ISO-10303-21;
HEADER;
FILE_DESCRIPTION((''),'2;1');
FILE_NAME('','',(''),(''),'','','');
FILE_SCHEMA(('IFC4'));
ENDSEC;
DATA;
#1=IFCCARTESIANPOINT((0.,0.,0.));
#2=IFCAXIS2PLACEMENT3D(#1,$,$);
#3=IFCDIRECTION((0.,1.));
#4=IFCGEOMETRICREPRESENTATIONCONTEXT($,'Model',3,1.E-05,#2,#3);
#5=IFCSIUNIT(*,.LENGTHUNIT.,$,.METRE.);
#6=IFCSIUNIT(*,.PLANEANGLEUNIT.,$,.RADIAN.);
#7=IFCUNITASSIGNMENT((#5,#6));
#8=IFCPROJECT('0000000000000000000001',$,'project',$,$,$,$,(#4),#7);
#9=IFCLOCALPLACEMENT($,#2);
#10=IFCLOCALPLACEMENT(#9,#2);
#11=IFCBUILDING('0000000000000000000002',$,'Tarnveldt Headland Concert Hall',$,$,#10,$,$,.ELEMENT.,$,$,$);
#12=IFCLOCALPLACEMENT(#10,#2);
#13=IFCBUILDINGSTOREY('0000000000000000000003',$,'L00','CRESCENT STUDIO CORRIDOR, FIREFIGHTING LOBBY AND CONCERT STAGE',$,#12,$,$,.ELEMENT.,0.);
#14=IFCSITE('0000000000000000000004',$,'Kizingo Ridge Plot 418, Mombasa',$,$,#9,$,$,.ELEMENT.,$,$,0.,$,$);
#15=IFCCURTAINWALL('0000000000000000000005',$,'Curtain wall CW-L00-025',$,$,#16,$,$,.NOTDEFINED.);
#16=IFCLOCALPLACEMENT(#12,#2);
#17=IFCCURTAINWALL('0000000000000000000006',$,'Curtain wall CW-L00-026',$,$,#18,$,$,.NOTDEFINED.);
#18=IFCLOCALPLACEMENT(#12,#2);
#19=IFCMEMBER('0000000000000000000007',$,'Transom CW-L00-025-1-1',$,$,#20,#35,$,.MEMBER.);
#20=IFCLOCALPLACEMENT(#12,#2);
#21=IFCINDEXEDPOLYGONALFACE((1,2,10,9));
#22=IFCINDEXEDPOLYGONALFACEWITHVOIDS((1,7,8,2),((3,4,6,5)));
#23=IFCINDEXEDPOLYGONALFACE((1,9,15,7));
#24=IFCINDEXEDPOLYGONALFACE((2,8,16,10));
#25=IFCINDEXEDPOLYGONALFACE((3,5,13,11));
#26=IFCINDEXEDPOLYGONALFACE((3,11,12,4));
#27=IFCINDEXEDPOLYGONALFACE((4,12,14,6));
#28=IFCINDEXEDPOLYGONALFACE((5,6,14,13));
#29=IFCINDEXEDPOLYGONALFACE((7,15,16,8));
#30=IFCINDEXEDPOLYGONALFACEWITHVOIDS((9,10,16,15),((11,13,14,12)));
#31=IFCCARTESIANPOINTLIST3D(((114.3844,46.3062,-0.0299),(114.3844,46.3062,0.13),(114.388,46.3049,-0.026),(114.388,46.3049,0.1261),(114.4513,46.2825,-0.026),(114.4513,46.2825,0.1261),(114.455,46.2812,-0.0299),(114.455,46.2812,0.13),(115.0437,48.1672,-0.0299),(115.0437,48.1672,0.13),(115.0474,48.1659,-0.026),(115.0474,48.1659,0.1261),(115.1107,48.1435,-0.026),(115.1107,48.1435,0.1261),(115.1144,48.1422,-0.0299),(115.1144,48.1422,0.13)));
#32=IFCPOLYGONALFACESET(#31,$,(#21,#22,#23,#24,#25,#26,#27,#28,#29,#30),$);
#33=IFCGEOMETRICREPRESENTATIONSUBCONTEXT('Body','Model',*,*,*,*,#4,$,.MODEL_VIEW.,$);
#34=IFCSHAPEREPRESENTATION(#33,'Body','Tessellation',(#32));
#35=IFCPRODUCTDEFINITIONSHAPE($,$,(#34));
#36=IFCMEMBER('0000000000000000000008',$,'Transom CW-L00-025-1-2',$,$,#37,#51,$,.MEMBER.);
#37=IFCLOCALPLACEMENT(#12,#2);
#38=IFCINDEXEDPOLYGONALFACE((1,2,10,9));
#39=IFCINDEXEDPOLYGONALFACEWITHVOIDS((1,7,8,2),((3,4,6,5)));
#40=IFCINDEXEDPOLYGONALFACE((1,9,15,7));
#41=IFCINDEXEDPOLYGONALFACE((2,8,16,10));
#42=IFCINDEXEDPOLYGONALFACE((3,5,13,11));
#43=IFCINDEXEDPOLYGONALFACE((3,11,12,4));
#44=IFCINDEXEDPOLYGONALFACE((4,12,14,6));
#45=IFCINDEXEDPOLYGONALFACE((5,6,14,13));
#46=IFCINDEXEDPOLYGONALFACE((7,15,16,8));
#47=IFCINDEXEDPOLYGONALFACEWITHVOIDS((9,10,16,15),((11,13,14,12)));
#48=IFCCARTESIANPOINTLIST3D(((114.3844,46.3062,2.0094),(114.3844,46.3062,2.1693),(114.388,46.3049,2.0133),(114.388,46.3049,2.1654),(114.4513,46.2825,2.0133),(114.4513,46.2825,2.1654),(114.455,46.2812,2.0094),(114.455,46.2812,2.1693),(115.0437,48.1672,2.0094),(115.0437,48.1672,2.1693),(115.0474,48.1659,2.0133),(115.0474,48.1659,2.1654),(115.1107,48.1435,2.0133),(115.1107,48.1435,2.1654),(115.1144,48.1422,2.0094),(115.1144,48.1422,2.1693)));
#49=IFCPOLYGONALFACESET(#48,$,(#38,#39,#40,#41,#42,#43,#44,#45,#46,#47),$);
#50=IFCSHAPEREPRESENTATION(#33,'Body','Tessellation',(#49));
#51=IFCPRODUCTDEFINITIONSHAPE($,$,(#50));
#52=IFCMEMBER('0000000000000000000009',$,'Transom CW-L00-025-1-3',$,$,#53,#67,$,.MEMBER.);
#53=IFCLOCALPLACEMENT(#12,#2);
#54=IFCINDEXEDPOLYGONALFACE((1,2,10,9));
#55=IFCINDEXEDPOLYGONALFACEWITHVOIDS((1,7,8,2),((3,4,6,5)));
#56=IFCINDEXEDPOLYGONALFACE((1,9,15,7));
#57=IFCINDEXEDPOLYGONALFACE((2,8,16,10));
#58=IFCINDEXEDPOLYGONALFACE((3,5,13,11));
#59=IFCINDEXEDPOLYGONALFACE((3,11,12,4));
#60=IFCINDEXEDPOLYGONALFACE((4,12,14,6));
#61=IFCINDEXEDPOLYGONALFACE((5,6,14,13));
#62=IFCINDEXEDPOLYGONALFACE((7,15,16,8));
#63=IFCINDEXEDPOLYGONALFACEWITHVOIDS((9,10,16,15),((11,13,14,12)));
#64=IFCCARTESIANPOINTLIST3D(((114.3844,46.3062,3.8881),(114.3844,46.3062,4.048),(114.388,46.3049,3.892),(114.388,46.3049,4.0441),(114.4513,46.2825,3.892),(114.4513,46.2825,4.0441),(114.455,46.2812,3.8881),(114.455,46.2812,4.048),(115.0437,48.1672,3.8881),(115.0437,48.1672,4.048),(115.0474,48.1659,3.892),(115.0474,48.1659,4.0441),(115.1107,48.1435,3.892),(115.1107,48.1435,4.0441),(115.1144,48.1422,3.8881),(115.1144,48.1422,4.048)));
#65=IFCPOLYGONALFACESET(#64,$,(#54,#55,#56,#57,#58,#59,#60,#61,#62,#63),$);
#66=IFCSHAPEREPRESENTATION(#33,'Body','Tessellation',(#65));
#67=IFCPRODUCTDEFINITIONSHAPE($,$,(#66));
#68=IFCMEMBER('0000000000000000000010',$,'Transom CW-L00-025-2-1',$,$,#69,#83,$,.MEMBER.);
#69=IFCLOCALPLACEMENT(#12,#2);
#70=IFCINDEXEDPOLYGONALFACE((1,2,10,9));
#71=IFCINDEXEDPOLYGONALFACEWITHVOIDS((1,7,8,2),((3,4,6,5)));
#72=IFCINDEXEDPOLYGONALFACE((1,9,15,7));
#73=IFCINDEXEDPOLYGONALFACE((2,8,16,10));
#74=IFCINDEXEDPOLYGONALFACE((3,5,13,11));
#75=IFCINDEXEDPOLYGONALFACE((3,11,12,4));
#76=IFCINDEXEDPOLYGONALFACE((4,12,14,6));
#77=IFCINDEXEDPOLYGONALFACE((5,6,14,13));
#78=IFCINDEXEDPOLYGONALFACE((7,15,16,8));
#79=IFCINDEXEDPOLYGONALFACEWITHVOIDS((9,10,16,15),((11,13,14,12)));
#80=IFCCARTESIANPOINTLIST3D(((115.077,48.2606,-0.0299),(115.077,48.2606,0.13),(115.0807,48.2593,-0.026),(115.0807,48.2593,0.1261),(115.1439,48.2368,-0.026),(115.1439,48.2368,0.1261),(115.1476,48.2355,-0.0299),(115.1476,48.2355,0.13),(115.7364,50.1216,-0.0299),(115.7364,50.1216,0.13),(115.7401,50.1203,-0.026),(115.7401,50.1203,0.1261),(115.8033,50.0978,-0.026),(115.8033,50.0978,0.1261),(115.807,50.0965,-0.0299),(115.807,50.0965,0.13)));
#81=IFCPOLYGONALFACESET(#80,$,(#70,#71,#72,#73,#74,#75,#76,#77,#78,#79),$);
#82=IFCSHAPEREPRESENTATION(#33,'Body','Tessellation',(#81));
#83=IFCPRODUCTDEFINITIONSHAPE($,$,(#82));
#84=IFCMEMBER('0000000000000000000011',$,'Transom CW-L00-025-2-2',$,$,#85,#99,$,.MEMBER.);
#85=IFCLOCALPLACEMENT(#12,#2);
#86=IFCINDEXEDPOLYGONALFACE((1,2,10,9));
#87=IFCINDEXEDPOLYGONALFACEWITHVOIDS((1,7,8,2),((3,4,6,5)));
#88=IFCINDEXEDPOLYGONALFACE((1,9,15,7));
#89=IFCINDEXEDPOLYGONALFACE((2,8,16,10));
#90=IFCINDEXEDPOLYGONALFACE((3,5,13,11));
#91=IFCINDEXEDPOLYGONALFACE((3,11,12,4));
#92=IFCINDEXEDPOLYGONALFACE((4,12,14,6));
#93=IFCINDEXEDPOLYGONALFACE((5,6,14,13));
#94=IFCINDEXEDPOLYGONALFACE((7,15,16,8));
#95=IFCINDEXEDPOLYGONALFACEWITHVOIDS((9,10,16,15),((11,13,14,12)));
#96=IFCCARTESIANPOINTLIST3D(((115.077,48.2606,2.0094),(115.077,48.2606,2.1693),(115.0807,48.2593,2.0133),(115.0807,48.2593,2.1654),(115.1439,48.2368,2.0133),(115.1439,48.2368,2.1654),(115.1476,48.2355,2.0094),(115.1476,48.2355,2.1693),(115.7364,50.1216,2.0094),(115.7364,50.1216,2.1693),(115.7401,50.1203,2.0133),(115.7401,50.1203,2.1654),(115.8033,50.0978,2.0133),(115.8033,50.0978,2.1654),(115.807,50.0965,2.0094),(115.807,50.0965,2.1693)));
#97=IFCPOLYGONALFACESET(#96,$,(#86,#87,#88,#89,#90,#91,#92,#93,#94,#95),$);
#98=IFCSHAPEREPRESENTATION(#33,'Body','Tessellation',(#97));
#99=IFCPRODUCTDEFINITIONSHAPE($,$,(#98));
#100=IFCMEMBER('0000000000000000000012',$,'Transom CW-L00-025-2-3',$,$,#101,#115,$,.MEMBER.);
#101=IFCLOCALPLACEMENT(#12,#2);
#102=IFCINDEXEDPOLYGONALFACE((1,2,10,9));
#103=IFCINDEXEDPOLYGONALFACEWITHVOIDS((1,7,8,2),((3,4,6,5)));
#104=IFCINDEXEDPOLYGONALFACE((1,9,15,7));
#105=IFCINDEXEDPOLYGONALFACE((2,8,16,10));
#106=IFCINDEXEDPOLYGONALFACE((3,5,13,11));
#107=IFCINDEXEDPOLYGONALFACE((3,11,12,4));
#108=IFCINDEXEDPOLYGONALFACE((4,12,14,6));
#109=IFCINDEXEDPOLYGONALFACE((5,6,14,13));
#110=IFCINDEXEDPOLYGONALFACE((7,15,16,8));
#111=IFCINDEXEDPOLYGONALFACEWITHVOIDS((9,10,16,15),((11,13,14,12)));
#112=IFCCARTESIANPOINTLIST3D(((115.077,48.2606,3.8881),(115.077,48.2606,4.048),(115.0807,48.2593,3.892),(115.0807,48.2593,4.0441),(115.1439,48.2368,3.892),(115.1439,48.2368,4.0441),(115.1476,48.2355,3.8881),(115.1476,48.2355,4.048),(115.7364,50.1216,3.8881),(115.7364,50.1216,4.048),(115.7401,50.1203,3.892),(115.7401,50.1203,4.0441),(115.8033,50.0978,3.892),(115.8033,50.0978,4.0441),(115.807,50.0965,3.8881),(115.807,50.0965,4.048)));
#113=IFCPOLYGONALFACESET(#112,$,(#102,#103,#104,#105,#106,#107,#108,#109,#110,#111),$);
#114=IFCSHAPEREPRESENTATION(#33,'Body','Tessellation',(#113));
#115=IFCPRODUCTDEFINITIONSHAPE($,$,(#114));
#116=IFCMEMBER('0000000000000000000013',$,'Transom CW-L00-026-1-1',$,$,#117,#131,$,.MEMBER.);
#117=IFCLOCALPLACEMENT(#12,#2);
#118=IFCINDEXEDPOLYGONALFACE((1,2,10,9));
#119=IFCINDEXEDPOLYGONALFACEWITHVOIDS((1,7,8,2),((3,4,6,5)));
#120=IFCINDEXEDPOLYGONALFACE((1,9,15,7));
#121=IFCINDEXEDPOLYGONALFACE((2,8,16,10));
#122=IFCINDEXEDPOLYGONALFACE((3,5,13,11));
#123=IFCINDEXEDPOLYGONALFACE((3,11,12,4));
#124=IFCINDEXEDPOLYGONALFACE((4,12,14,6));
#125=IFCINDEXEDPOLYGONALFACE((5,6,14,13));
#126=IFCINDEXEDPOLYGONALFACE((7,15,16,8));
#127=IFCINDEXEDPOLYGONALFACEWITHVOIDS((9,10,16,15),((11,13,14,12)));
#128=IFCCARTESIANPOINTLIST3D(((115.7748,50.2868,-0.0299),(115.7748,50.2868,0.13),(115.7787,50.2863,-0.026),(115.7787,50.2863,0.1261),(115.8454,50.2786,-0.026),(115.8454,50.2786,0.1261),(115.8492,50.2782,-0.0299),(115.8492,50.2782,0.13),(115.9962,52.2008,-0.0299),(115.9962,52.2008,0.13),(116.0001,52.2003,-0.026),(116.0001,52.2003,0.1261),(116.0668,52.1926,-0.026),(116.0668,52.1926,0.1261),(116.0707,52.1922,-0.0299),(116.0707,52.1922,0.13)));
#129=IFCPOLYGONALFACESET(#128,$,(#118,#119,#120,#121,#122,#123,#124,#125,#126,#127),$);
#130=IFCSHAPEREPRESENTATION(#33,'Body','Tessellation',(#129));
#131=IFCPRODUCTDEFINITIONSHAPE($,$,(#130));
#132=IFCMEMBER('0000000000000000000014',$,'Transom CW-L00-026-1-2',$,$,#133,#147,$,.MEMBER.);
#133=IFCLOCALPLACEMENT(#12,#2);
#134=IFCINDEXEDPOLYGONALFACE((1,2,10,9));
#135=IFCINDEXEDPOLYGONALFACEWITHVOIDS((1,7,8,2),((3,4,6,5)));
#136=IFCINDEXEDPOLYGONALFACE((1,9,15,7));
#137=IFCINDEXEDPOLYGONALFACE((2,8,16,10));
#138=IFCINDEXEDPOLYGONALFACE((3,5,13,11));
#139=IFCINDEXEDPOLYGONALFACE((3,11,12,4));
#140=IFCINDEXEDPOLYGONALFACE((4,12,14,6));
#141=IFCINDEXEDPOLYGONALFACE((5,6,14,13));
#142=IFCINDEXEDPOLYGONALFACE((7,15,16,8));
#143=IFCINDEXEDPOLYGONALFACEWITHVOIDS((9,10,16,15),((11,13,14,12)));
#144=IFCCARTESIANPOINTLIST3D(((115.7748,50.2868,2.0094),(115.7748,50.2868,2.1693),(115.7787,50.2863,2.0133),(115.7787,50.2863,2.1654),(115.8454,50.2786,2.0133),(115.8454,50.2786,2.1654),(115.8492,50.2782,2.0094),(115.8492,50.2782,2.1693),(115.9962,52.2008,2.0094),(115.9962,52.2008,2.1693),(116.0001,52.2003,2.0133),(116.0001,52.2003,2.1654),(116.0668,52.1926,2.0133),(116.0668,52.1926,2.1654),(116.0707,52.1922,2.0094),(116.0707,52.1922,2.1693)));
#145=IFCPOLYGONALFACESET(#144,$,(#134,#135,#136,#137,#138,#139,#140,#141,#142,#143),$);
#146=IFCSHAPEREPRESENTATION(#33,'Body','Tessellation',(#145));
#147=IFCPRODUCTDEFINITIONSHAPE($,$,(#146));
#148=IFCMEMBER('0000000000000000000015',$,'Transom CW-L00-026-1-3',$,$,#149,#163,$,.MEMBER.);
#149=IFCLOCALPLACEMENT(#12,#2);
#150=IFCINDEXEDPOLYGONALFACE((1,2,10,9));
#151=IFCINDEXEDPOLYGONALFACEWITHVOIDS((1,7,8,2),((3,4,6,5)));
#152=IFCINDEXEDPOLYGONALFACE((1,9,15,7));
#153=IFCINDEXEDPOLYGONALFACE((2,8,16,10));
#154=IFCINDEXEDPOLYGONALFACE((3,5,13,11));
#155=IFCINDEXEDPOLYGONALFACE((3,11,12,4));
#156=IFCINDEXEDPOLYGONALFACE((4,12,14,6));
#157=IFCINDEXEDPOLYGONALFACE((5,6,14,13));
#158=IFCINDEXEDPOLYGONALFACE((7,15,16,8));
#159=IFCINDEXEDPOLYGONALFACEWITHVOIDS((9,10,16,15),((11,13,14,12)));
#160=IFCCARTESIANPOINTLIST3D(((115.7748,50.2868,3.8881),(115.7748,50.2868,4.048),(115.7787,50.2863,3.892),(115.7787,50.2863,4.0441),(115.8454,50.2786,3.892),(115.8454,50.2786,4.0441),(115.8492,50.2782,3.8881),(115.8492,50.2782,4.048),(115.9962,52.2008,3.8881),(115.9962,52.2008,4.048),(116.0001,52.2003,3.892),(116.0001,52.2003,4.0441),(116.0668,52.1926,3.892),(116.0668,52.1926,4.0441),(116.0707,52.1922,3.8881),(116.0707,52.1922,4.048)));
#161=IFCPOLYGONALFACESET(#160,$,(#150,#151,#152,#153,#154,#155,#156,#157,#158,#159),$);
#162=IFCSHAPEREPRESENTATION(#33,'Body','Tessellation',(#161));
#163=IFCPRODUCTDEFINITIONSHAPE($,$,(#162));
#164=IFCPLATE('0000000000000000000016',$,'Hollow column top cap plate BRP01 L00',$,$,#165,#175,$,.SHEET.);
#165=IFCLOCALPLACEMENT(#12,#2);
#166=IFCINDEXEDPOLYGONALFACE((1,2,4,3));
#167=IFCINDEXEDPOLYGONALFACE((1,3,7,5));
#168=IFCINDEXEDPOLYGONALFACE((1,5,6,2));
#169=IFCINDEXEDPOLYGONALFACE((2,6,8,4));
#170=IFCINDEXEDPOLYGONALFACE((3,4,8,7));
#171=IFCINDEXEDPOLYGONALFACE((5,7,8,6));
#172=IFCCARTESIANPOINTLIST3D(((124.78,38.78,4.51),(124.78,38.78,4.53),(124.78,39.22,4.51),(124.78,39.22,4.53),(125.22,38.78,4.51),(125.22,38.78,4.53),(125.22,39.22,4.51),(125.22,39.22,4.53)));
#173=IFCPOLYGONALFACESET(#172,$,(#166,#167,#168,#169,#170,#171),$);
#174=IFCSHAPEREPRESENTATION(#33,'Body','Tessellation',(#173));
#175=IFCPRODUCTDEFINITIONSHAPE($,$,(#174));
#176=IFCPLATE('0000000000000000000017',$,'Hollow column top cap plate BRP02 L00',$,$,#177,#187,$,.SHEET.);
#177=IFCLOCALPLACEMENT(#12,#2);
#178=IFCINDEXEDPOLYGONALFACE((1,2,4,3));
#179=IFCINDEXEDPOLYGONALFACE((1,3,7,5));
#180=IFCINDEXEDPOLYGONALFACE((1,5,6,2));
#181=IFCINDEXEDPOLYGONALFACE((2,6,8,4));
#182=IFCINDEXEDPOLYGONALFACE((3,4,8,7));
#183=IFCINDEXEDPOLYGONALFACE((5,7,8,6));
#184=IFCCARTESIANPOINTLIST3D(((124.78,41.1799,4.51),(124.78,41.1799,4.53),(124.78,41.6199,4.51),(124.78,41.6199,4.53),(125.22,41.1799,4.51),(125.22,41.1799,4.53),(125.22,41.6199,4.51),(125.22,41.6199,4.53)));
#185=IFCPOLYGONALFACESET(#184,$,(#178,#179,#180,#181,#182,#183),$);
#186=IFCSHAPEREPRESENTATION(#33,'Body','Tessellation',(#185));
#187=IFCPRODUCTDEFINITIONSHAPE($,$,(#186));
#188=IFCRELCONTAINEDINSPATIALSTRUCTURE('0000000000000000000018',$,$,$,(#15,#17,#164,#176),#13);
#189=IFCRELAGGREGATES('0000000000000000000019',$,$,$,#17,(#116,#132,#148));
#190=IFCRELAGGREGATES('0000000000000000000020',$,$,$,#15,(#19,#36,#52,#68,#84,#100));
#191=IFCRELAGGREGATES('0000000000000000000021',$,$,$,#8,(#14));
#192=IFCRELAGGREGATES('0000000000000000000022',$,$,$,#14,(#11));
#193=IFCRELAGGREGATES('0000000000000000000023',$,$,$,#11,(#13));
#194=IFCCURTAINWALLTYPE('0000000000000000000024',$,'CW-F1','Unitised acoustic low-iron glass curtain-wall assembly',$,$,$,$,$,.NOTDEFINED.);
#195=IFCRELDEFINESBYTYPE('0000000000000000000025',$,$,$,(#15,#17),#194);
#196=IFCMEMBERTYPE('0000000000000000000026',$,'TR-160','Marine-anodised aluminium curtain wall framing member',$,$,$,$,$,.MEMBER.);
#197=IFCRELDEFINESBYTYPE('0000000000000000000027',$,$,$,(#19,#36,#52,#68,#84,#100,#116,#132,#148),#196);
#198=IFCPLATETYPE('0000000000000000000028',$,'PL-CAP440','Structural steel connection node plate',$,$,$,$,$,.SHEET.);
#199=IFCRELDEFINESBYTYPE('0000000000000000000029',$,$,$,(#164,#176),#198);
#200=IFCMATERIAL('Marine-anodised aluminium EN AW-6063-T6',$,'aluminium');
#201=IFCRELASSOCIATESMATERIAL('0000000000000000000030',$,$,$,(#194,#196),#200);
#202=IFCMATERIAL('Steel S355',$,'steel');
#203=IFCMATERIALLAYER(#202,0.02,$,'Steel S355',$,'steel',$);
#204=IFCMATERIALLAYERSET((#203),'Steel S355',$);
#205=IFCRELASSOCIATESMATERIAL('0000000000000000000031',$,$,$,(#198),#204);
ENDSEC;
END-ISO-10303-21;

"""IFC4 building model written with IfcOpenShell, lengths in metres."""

from ifc_helpers import new_model, si_unit, direction, frame, origin, origin_2d, place, context, subcontext, project, spatial, rectangle, hollow_rectangle, extrude, material, layer, layer_set, material_profile, profile_set, type_object, element, aggregate, save


model = new_model("IFC4")

# Units and contexts
model_context = context("Model", 3, precision=1e-05, world=origin(), true_north=direction((0.0, 1.0)))
body_context = subcontext(model_context, "Body", "Model", "MODEL_VIEW")
ifc_project = project(units=[si_unit("LENGTHUNIT", "METRE"), si_unit("PLANEANGLEUNIT", "RADIAN")], contexts=[model_context])

# Site, building, storey
site_placement = place(None, origin())
site = spatial("IfcSite", under=ifc_project, at=site_placement, Name="Kizingo Ridge Plot 418, Mombasa", CompositionType="ELEMENT", RefElevation=0.0)
building_placement = place(site_placement, origin())
building = spatial("IfcBuilding", under=site, at=building_placement, Name="Tarnveldt Headland Concert Hall", CompositionType="ELEMENT")
storey_placement = place(building_placement, origin())
storey = spatial("IfcBuildingStorey", under=building, at=storey_placement, Name="L00", Description="CRESCENT STUDIO CORRIDOR, FIREFIGHTING LOBBY AND CONCERT STAGE", CompositionType="ELEMENT", Elevation=0.0)

# Shared definitions
ifc_material_1 = material(Name="Steel S355", Category="steel")

# Curtain wall
ifc_material_2 = material(Name="Marine-anodised aluminium EN AW-6063-T6", Category="aluminium")
curtain_wall_type = type_object("IfcCurtainWallType", Name="CW-F1", Description="Unitised acoustic low-iron glass curtain-wall assembly", PredefinedType="NOTDEFINED", material=ifc_material_2)
curtain_wall_1_placement = place(storey_placement, origin())
curtain_wall_1 = element("IfcCurtainWall", 1, at=curtain_wall_1_placement, inside=storey, type_object=curtain_wall_type, Name="Curtain wall CW-L00-025", PredefinedType="NOTDEFINED")

# Curtain wall
curtain_wall_2_placement = place(storey_placement, origin())
curtain_wall_2 = element("IfcCurtainWall", 2, at=curtain_wall_2_placement, inside=storey, type_object=curtain_wall_type, Name="Curtain wall CW-L00-026", PredefinedType="NOTDEFINED")

# Members
ifc_material_profile_1 = material_profile(ifc_material_2, hollow_rectangle(XDim=0.075, YDim=0.1599, WallThickness=0.0039, at=origin_2d()), Name="ALU TRANSOM 75x160x4", Category="aluminium")
ifc_profile_set_1 = profile_set([ifc_material_profile_1], Name="Marine-anodised aluminium EN AW-6063-T6")
member_type_1 = type_object("IfcMemberType", Name="TR-160", Description="Marine-anodised aluminium curtain wall framing member", PredefinedType="MEMBER", material=ifc_profile_set_1)
member_1_placement = place(storey_placement, frame((114.4197, 46.2937, 0.05), z_axis=(0.333978, 0.942581, 0.0), x_axis=(-0.942581, 0.333978, 0.0)))
member_1 = element("IfcMember", 3, at=member_1_placement, type_object=member_type_1, Name="Transom CW-L00-025-1-1", PredefinedType="MEMBER", context=body_context, shape_type="SweptSolid", body=[
    extrude(hollow_rectangle(XDim=0.075, YDim=0.1599, WallThickness=0.0039, at=origin_2d()), origin(), (0.0, 0.0, 1.0), 1.9744),
])
member_2_placement = place(storey_placement, frame((114.4197, 46.2937, 2.0894), z_axis=(0.333978, 0.942581, 0.0), x_axis=(-0.942581, 0.333978, 0.0)))
member_2 = element("IfcMember", 4, at=member_2_placement, type_object=member_type_1, Name="Transom CW-L00-025-1-2", PredefinedType="MEMBER", context=body_context, shape_type="SweptSolid", body=[
    extrude(hollow_rectangle(XDim=0.075, YDim=0.1599, WallThickness=0.0039, at=origin_2d()), origin(), (0.0, 0.0, 1.0), 1.9744),
])
member_3_placement = place(storey_placement, frame((114.4197, 46.2937, 3.968), z_axis=(0.333978, 0.942581, 0.0), x_axis=(-0.942581, 0.333978, 0.0)))
member_3 = element("IfcMember", 5, at=member_3_placement, type_object=member_type_1, Name="Transom CW-L00-025-1-3", PredefinedType="MEMBER", context=body_context, shape_type="SweptSolid", body=[
    extrude(hollow_rectangle(XDim=0.075, YDim=0.1599, WallThickness=0.0039, at=origin_2d()), origin(), (0.0, 0.0, 1.0), 1.9744),
])
member_4_placement = place(storey_placement, frame((115.1123, 48.248, 0.05), z_axis=(0.333978, 0.942581, 0.0), x_axis=(-0.942581, 0.333978, 0.0)))
member_4 = element("IfcMember", 6, at=member_4_placement, type_object=member_type_1, Name="Transom CW-L00-025-2-1", PredefinedType="MEMBER", context=body_context, shape_type="SweptSolid", body=[
    extrude(hollow_rectangle(XDim=0.075, YDim=0.1599, WallThickness=0.0039, at=origin_2d()), origin(), (0.0, 0.0, 1.0), 1.9744),
])
member_5_placement = place(storey_placement, frame((115.1123, 48.248, 2.0894), z_axis=(0.333978, 0.942581, 0.0), x_axis=(-0.942581, 0.333978, 0.0)))
member_5 = element("IfcMember", 7, at=member_5_placement, type_object=member_type_1, Name="Transom CW-L00-025-2-2", PredefinedType="MEMBER", context=body_context, shape_type="SweptSolid", body=[
    extrude(hollow_rectangle(XDim=0.075, YDim=0.1599, WallThickness=0.0039, at=origin_2d()), origin(), (0.0, 0.0, 1.0), 1.9744),
])
member_6_placement = place(storey_placement, frame((115.1123, 48.248, 3.968), z_axis=(0.333978, 0.942581, 0.0), x_axis=(-0.942581, 0.333978, 0.0)))
member_6 = element("IfcMember", 8, at=member_6_placement, type_object=member_type_1, Name="Transom CW-L00-025-2-3", PredefinedType="MEMBER", context=body_context, shape_type="SweptSolid", body=[
    extrude(hollow_rectangle(XDim=0.075, YDim=0.1599, WallThickness=0.0039, at=origin_2d()), origin(), (0.0, 0.0, 1.0), 1.9744),
])
member_7_placement = place(storey_placement, frame((115.812, 50.2825, 0.05), z_axis=(0.114922, 0.993374, 0.0), x_axis=(-0.993374, 0.114922, 0.0)))
member_7 = element("IfcMember", 9, at=member_7_placement, type_object=member_type_1, Name="Transom CW-L00-026-1-1", PredefinedType="MEMBER", context=body_context, shape_type="SweptSolid", body=[
    extrude(hollow_rectangle(XDim=0.075, YDim=0.1599, WallThickness=0.0039, at=origin_2d()), origin(), (0.0, 0.0, 1.0), 1.9268),
])
member_8_placement = place(storey_placement, frame((115.812, 50.2825, 2.0894), z_axis=(0.114922, 0.993374, 0.0), x_axis=(-0.993374, 0.114922, 0.0)))
member_8 = element("IfcMember", 10, at=member_8_placement, type_object=member_type_1, Name="Transom CW-L00-026-1-2", PredefinedType="MEMBER", context=body_context, shape_type="SweptSolid", body=[
    extrude(hollow_rectangle(XDim=0.075, YDim=0.1599, WallThickness=0.0039, at=origin_2d()), origin(), (0.0, 0.0, 1.0), 1.9268),
])
member_9_placement = place(storey_placement, frame((115.812, 50.2825, 3.968), z_axis=(0.114922, 0.993374, 0.0), x_axis=(-0.993374, 0.114922, 0.0)))
member_9 = element("IfcMember", 11, at=member_9_placement, type_object=member_type_1, Name="Transom CW-L00-026-1-3", PredefinedType="MEMBER", context=body_context, shape_type="SweptSolid", body=[
    extrude(hollow_rectangle(XDim=0.075, YDim=0.1599, WallThickness=0.0039, at=origin_2d()), origin(), (0.0, 0.0, 1.0), 1.9268),
])
aggregate(curtain_wall_2, [member_7, member_8, member_9])

# Plates
ifc_layer_1 = layer(ifc_material_1, 0.02, Name="Steel S355", Category="steel")
ifc_layer_set_1 = layer_set([ifc_layer_1], Name="Steel S355")
plate_type_1 = type_object("IfcPlateType", Name="PL-CAP440", Description="Structural steel connection node plate", PredefinedType="SHEET", material=ifc_layer_set_1)
for number, where, z_axis, x_axis, name in (
    (12, (125.0, 39.0, 4.51), (0.0, 0.0, 1.0), (1.0, 0.0, 0.0), "Hollow column top cap plate BRP01 L00"),
    (13, (125.0, 41.3999, 4.51), (0.0, 0.0, 1.0), (1.0, 0.0, 0.0), "Hollow column top cap plate BRP02 L00"),
):
    element("IfcPlate", number, at=place(storey_placement, frame(where, z_axis=z_axis, x_axis=x_axis)), inside=storey, type_object=plate_type_1, Name=name, PredefinedType="SHEET", context=body_context, shape_type="SweptSolid", body=[
        extrude(rectangle(XDim=0.4399, YDim=0.4399, at=origin_2d()), origin(), (0.0, 0.0, 1.0), 0.02),
    ])

aggregate(curtain_wall_1, [member_1, member_2, member_3, member_4, member_5, member_6])

save(model, "model.ifc")
